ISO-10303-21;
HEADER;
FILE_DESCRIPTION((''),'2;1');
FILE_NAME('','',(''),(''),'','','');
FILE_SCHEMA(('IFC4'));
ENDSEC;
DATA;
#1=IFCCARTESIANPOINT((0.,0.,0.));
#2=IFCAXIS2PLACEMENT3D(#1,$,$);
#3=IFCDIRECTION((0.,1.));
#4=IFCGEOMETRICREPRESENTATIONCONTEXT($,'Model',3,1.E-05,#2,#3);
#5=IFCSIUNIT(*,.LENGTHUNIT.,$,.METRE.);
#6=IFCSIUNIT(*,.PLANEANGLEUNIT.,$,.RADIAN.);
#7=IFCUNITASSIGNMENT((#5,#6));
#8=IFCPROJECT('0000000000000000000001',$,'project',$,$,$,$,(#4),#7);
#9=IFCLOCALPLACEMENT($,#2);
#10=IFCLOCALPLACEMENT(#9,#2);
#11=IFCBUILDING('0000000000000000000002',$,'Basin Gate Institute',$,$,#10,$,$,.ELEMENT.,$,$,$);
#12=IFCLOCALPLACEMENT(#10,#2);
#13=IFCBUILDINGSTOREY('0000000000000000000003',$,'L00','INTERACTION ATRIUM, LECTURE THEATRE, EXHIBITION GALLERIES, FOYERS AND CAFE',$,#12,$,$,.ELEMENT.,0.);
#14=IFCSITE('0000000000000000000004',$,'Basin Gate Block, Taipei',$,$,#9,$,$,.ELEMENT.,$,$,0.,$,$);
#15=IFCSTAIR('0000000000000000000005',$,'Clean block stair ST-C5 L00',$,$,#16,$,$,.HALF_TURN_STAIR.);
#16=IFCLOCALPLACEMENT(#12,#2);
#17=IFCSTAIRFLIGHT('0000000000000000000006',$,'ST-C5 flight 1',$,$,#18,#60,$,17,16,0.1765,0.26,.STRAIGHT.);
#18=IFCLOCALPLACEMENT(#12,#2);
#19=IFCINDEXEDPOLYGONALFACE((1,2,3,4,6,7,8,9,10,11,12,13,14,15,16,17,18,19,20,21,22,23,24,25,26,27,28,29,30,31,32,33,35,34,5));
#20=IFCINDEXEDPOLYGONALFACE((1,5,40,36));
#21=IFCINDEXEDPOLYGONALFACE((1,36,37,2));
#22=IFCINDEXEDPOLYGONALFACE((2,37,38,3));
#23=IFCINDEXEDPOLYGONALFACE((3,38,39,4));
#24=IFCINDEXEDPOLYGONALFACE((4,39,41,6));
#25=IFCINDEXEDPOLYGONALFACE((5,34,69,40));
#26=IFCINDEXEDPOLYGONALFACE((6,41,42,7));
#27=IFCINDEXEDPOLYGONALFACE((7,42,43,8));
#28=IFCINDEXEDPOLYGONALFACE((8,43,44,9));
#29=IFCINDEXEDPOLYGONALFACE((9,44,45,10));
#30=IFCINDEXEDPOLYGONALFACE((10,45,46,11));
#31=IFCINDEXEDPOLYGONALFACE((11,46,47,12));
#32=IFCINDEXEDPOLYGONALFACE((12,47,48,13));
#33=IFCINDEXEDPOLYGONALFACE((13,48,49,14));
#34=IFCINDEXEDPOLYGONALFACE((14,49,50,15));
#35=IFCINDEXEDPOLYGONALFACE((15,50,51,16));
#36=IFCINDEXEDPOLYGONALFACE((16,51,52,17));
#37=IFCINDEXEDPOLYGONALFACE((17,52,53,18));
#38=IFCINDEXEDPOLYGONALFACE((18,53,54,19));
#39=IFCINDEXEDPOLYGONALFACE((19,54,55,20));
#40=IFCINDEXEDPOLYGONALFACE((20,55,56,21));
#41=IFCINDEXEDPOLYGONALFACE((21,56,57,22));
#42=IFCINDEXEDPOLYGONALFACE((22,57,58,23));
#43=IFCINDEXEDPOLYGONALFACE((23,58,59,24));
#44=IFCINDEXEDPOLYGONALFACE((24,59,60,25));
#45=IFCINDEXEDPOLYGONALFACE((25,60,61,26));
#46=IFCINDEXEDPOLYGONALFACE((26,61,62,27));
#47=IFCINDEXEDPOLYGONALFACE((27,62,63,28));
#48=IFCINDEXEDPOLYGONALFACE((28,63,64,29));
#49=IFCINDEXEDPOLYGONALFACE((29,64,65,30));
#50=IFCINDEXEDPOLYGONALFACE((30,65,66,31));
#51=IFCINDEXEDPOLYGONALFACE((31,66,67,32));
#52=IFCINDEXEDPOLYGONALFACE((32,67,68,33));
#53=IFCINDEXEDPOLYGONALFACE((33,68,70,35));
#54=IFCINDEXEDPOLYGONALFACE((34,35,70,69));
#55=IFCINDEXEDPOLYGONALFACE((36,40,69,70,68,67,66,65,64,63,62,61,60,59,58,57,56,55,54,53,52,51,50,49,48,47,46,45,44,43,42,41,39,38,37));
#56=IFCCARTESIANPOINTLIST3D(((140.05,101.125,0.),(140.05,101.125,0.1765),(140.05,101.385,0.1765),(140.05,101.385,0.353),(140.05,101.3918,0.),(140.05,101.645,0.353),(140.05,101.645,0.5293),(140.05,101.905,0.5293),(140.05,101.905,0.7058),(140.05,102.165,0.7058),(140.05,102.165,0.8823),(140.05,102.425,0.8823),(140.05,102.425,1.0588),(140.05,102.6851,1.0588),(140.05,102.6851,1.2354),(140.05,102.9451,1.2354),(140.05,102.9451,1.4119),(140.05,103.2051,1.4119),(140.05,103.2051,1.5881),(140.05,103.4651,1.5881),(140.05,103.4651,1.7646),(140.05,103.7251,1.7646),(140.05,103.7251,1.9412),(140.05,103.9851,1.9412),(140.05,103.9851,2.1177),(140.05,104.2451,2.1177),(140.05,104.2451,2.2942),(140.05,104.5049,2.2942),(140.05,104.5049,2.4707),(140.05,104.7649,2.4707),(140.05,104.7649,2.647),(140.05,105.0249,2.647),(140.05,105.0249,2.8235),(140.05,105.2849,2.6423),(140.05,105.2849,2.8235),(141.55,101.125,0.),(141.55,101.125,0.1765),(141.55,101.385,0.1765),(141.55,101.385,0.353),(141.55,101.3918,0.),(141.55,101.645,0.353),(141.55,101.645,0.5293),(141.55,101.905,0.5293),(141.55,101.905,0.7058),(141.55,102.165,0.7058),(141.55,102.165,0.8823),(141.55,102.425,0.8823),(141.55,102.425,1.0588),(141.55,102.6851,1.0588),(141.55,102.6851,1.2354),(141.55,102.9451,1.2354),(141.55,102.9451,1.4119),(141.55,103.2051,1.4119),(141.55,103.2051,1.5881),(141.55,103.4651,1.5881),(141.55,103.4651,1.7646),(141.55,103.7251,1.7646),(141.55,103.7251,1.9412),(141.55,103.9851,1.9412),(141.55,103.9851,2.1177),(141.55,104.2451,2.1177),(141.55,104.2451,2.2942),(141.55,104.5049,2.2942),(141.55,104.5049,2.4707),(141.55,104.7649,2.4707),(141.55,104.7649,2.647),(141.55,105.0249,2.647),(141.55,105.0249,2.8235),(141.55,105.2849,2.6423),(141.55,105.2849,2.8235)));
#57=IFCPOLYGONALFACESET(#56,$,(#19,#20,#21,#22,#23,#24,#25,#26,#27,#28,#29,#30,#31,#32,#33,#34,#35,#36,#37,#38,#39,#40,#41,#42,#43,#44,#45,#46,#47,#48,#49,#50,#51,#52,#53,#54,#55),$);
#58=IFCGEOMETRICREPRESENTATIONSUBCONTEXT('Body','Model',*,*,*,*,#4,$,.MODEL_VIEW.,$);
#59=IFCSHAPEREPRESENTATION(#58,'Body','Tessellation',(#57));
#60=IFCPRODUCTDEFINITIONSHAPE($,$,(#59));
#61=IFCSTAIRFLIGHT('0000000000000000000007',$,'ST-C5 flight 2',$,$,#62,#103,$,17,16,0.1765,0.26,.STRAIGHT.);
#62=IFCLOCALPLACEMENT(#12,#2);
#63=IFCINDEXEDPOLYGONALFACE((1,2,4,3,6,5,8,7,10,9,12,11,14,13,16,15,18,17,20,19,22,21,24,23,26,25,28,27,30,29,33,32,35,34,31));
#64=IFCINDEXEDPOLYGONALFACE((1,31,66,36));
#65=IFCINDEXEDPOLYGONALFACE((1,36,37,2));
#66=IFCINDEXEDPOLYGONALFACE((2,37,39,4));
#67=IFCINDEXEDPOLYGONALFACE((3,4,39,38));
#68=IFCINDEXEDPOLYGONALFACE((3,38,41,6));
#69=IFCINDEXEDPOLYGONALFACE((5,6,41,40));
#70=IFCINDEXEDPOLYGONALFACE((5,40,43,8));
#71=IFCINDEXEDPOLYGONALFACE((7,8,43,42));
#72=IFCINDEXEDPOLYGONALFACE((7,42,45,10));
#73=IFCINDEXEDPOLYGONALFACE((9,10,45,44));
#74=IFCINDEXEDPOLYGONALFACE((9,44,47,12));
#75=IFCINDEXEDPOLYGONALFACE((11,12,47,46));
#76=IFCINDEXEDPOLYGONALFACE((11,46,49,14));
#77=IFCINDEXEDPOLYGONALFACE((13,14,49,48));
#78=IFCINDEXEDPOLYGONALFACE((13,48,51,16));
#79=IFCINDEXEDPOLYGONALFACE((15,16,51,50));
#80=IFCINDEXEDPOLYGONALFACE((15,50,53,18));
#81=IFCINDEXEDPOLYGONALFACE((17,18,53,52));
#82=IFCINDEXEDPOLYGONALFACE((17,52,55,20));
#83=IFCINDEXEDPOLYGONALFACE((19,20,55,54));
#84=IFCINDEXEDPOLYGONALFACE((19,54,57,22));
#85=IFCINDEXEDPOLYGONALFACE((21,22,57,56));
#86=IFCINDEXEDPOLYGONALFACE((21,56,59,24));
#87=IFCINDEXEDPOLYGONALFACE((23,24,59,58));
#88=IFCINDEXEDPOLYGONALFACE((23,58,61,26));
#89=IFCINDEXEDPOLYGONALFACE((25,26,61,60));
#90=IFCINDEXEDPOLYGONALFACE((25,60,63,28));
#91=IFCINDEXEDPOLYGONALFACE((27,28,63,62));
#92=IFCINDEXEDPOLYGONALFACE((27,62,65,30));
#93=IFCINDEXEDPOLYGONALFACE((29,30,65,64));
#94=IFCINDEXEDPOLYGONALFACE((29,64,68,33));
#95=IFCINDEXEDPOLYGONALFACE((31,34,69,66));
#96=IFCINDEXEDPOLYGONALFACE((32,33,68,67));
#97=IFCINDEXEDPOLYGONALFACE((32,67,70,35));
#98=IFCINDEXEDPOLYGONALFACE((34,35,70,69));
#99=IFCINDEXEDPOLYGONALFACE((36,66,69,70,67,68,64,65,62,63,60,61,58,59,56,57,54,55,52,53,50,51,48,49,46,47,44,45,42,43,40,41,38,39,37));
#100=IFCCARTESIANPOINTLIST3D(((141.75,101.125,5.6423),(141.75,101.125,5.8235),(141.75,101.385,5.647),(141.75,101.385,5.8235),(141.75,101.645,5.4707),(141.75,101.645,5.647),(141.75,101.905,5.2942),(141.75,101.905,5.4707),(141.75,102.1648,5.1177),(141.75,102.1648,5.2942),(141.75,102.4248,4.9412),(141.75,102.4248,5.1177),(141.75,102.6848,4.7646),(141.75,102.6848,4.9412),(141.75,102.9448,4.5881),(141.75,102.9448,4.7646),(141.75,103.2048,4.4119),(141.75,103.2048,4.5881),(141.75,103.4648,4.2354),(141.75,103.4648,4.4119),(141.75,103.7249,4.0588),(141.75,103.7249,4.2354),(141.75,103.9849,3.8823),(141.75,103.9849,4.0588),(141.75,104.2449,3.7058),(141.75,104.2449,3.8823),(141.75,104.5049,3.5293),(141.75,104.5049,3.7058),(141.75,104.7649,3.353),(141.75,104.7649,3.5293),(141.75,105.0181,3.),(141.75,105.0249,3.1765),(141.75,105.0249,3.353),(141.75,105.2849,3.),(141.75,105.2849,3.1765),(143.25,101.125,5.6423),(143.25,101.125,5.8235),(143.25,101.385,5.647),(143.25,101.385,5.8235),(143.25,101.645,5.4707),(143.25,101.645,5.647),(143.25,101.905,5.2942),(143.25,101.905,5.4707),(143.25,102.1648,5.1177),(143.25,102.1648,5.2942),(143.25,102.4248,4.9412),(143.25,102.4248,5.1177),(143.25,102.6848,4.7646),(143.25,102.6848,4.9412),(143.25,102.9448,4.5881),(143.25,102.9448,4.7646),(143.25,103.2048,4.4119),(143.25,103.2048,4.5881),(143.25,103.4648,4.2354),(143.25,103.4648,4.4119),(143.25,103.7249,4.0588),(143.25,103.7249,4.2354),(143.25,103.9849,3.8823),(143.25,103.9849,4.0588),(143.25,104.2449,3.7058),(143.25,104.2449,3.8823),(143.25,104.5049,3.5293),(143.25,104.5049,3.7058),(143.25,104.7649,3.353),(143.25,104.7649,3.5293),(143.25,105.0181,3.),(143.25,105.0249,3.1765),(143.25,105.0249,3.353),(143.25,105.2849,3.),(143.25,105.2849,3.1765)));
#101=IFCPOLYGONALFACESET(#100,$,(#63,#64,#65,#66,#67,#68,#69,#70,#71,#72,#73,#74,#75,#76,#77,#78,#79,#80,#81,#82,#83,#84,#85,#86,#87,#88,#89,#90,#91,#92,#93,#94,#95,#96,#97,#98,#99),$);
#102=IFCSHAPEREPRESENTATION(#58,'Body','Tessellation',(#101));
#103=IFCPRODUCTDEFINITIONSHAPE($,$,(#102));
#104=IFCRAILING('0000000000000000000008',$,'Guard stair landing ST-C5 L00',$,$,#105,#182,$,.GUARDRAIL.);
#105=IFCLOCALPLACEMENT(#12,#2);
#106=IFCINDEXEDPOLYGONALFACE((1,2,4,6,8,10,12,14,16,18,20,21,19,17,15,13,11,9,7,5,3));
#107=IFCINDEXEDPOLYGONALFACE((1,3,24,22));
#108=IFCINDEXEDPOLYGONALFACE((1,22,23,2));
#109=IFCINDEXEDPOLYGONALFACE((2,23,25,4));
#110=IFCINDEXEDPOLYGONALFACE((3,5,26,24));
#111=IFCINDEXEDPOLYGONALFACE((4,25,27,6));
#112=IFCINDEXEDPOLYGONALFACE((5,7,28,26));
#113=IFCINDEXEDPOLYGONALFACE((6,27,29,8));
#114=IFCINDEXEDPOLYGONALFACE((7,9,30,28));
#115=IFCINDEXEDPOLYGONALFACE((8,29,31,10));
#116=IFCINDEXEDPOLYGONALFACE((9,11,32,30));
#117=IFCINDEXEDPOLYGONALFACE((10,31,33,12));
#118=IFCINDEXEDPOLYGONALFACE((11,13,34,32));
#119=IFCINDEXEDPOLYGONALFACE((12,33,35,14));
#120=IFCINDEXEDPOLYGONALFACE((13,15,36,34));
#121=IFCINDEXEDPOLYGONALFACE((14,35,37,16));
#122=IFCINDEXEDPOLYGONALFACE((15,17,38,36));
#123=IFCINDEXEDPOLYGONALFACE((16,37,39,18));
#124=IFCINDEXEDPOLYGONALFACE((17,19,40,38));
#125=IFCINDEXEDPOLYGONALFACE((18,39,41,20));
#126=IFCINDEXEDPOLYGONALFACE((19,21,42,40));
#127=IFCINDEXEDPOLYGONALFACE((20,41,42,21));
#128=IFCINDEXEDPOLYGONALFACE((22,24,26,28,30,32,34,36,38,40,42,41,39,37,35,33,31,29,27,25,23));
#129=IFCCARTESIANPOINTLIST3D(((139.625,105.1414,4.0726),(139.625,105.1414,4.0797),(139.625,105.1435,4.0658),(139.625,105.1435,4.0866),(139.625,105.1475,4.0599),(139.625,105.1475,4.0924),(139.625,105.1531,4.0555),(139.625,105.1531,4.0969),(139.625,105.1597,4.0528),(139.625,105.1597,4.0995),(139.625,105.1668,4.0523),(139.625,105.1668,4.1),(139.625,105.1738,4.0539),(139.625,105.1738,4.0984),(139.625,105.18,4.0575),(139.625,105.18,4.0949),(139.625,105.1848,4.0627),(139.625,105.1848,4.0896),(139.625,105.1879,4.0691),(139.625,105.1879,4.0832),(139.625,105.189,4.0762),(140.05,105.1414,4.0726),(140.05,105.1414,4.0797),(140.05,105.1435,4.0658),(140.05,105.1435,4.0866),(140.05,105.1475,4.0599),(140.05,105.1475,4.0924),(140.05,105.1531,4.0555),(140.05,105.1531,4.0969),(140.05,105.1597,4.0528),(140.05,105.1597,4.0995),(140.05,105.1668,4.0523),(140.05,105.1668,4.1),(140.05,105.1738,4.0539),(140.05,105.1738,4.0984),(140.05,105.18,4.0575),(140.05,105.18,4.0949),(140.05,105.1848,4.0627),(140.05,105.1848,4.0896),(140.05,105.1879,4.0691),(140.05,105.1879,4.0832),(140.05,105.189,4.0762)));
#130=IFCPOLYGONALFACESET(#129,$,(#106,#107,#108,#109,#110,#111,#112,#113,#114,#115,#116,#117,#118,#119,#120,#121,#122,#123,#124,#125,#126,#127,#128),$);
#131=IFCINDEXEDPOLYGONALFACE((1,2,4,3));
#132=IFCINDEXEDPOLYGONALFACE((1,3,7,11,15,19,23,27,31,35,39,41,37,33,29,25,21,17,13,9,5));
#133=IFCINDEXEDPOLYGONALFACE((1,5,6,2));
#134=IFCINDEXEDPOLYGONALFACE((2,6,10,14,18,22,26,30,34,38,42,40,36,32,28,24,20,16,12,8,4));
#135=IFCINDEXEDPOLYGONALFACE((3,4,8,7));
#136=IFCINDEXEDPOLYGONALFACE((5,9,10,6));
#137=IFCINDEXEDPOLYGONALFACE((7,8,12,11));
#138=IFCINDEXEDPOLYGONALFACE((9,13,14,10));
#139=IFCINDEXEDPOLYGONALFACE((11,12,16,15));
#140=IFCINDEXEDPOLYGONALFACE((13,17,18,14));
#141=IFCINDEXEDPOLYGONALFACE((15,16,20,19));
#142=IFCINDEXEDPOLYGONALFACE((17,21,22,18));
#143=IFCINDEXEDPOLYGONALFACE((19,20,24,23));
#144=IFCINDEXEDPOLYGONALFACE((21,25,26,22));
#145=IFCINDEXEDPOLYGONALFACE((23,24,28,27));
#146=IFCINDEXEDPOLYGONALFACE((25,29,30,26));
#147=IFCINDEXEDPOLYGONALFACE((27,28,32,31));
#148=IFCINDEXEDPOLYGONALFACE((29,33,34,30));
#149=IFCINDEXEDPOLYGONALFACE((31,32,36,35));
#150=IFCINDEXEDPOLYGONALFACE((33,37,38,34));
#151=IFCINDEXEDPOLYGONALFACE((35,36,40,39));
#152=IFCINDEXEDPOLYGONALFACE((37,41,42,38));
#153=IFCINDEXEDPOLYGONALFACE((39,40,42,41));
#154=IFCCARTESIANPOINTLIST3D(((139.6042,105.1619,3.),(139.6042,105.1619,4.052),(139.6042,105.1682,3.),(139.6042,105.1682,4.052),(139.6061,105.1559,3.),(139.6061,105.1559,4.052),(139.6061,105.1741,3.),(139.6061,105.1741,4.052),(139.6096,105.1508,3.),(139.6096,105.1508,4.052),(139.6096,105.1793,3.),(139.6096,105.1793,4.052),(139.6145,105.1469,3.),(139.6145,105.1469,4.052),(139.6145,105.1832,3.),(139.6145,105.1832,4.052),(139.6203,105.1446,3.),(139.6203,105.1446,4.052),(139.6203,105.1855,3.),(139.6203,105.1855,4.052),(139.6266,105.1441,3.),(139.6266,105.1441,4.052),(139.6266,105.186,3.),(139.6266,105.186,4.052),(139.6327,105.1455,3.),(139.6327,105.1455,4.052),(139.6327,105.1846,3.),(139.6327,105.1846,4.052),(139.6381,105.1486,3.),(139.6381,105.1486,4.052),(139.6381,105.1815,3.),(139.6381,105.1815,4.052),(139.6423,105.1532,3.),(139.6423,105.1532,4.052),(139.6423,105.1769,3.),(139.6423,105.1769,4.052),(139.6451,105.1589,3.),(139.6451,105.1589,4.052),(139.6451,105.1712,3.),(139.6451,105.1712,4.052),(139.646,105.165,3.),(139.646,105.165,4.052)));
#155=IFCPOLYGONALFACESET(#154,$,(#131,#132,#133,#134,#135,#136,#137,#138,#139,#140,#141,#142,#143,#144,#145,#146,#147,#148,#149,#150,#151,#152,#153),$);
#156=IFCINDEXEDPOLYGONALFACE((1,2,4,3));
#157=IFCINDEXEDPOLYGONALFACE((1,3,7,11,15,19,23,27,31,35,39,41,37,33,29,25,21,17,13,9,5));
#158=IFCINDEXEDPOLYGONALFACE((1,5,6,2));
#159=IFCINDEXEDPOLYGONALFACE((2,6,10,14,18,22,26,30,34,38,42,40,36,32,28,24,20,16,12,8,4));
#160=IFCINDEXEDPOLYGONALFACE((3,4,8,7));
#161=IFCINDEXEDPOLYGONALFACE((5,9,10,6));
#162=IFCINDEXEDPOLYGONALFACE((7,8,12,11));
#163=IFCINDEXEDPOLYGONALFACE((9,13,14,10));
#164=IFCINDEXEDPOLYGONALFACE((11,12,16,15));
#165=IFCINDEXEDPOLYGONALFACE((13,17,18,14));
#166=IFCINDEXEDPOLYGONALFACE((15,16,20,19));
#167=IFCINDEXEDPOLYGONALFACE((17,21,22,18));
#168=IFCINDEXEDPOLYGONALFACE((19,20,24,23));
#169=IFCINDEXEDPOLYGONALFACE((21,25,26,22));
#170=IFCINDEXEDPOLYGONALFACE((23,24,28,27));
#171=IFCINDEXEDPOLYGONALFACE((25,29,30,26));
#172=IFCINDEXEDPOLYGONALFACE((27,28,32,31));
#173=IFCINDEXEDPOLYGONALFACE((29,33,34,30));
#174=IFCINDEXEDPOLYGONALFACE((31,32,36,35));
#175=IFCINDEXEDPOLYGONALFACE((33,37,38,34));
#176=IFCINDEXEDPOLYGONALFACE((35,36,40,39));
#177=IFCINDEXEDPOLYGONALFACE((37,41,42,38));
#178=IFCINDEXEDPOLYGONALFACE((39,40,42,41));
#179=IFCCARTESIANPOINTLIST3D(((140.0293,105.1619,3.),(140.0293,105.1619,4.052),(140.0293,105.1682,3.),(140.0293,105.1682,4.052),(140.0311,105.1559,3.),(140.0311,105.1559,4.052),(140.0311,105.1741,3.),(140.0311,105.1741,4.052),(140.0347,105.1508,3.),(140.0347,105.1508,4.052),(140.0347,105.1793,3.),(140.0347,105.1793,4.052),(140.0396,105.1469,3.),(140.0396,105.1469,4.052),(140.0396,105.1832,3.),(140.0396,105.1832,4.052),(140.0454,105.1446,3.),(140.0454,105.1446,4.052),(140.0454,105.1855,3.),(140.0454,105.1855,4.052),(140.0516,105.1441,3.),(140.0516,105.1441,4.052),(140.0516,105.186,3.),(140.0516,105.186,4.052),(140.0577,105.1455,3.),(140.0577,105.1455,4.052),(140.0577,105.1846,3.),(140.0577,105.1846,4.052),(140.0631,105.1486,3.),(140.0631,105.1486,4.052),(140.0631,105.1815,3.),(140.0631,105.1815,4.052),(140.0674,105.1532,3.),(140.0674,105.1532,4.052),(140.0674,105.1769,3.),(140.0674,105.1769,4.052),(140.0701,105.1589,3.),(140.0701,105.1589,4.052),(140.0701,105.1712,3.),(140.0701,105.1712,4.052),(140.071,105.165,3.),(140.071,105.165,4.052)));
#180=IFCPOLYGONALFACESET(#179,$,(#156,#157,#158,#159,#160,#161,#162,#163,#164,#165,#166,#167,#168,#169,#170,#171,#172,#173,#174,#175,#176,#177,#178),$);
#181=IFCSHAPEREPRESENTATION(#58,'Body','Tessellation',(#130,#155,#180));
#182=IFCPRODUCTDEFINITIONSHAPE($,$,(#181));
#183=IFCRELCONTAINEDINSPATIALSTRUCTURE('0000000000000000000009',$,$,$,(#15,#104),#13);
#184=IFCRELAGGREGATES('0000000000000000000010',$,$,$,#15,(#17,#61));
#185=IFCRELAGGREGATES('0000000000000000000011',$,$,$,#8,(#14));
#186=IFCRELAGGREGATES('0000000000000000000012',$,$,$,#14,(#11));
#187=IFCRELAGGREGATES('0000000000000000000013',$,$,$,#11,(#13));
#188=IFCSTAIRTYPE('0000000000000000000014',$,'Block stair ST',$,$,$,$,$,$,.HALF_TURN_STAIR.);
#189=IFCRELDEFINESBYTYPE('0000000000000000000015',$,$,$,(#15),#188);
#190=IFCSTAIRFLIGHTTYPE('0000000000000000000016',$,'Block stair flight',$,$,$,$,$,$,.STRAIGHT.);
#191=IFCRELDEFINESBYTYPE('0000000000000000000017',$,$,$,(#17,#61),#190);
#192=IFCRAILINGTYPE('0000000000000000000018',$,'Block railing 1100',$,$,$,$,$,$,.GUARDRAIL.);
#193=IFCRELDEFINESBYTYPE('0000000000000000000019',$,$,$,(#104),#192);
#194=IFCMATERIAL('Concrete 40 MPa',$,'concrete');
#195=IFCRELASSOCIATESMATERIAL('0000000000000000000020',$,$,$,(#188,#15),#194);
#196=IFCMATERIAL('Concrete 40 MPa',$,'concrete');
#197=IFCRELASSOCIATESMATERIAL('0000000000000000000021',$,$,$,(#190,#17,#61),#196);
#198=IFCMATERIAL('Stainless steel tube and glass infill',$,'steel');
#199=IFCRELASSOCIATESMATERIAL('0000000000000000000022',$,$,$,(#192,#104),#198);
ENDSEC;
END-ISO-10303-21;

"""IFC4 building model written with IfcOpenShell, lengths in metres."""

from ifc_helpers import new_model, si_unit, direction, frame, origin, origin_2d, place, context, subcontext, project, spatial, polyline, circle, outline, extrude, material, type_object, element, aggregate, save


model = new_model("IFC4")

# Units and contexts
model_context = context("Model", 3, precision=1e-05, world=origin(), true_north=direction((0.0, 1.0)))
body_context = subcontext(model_context, "Body", "Model", "MODEL_VIEW")
ifc_project = project(units=[si_unit("LENGTHUNIT", "METRE"), si_unit("PLANEANGLEUNIT", "RADIAN")], contexts=[model_context])

# Site, building, storey
site_placement = place(None, origin())
site = spatial("IfcSite", under=ifc_project, at=site_placement, Name="Basin Gate Block, Taipei", CompositionType="ELEMENT", RefElevation=0.0)
building_placement = place(site_placement, origin())
building = spatial("IfcBuilding", under=site, at=building_placement, Name="Basin Gate Institute", CompositionType="ELEMENT")
storey_placement = place(building_placement, origin())
storey = spatial("IfcBuildingStorey", under=building, at=storey_placement, Name="L00", Description="INTERACTION ATRIUM, LECTURE THEATRE, EXHIBITION GALLERIES, FOYERS AND CAFE", CompositionType="ELEMENT", Elevation=0.0)

# Stair, stair flights
ifc_material_1 = material(Name="Concrete 40 MPa", Category="concrete")
stair_type = type_object("IfcStairType", Name="Block stair ST", PredefinedType="HALF_TURN_STAIR", material=ifc_material_1)
stair_placement = place(storey_placement, origin())
stair = element("IfcStair", 1, at=stair_placement, inside=storey, type_object=stair_type, material=ifc_material_1, Name="Clean block stair ST-C5 L00", PredefinedType="HALF_TURN_STAIR")
ifc_material_2 = material(Name="Concrete 40 MPa", Category="concrete")
stair_flight_type = type_object("IfcStairFlightType", Name="Block stair flight", PredefinedType="STRAIGHT", material=ifc_material_2)
stair_flight_1_placement = place(storey_placement, frame((140.8, 101.125, 0.0), z_axis=(0.0, 0.0, 1.0), x_axis=(0.0, 1.0, 0.0)))
stair_flight_1 = element("IfcStairFlight", 2, at=stair_flight_1_placement, type_object=stair_flight_type, material=ifc_material_2, Name="ST-C5 flight 1", NumberOfRisers=17, NumberOfTreads=16, PredefinedType="STRAIGHT", RiserHeight=0.1765, TreadLength=0.26, context=body_context, shape_type="SweptSolid", body=[
    extrude(outline(polyline([(0.0, 0.0), (0.0, 0.1765), (0.26, 0.1765), (0.26, 0.353), (0.52, 0.353), (0.52, 0.5293), (0.78, 0.5293), (0.78, 0.7058), (1.04, 0.7058), (1.04, 0.8823), (1.3, 0.8823), (1.3, 1.0588), (1.5601, 1.0588), (1.5601, 1.2354), (1.8201, 1.2354), (1.8201, 1.4119), (2.0801, 1.4119), (2.0801, 1.5881), (2.3401, 1.5881), (2.3401, 1.7646), (2.6001, 1.7646), (2.6001, 1.9412), (2.8601, 1.9412), (2.8601, 2.1177), (3.1201, 2.1177), (3.1201, 2.2942), (3.3799, 2.2942), (3.3799, 2.4707), (3.6399, 2.4707), (3.6399, 2.647), (3.8999, 2.647), (3.8999, 2.8235), (4.1599, 2.8235), (4.1599, 3.0), (4.1599, 2.6423), (0.2668, 0.0), (0.0, 0.0)])), frame((0.0, 0.75, 0.0), z_axis=(0.0, -1.0, 0.0), x_axis=(1.0, 0.0, 0.0)), (0.0, 0.0, 1.0), 1.5),
])
stair_flight_2_placement = place(storey_placement, frame((142.5, 105.2849, 3.0), z_axis=(0.0, 0.0, 1.0), x_axis=(0.0, -1.0, 0.0)))
stair_flight_2 = element("IfcStairFlight", 3, at=stair_flight_2_placement, type_object=stair_flight_type, material=ifc_material_2, Name="ST-C5 flight 2", NumberOfRisers=17, NumberOfTreads=16, PredefinedType="STRAIGHT", RiserHeight=0.1765, TreadLength=0.26, context=body_context, shape_type="SweptSolid", body=[
    extrude(outline(polyline([(0.0, 0.0), (0.0, 0.1765), (0.26, 0.1765), (0.26, 0.353), (0.52, 0.353), (0.52, 0.5293), (0.78, 0.5293), (0.78, 0.7058), (1.04, 0.7058), (1.04, 0.8823), (1.3, 0.8823), (1.3, 1.0588), (1.5601, 1.0588), (1.5601, 1.2354), (1.8201, 1.2354), (1.8201, 1.4119), (2.0801, 1.4119), (2.0801, 1.5881), (2.3401, 1.5881), (2.3401, 1.7646), (2.6001, 1.7646), (2.6001, 1.9412), (2.8601, 1.9412), (2.8601, 2.1177), (3.1201, 2.1177), (3.1201, 2.2942), (3.3799, 2.2942), (3.3799, 2.4707), (3.6399, 2.4707), (3.6399, 2.647), (3.8999, 2.647), (3.8999, 2.8235), (4.1599, 2.8235), (4.1599, 3.0), (4.1599, 2.6423), (0.2668, 0.0), (0.0, 0.0)])), frame((0.0, 0.75, 0.0), z_axis=(0.0, -1.0, 0.0), x_axis=(1.0, 0.0, 0.0)), (0.0, 0.0, 1.0), 1.5),
])
aggregate(stair, [stair_flight_1, stair_flight_2])

# Railing
ifc_material_3 = material(Name="Stainless steel tube and glass infill", Category="steel")
railing_type_1 = type_object("IfcRailingType", Name="Block railing 1100", PredefinedType="GUARDRAIL", material=ifc_material_3)
for number, where, name in (
    (4, (139.625, 105.165, 3.0), "Guard stair landing ST-C5 L00"),
):
    element("IfcRailing", number, at=place(storey_placement, frame(where)), inside=storey, type_object=railing_type_1, material=ifc_material_3, Name=name, PredefinedType="GUARDRAIL", context=body_context, shape_type="SweptSolid", body=[
        extrude(circle(Radius=0.0239, at=origin_2d()), frame((0.0, 0.0, 1.0762), z_axis=(1.0, 0.0, 0.0), x_axis=(0.0, 1.0, 0.0)), (0.0, 0.0, 1.0), 0.425),
        extrude(circle(Radius=0.021, at=origin_2d()), origin(), (0.0, 0.0, 1.0), 1.052),
        extrude(circle(Radius=0.021, at=origin_2d()), frame((0.425, 0.0, 0.0)), (0.0, 0.0, 1.0), 1.052),
    ])

save(model, "model.ifc")
